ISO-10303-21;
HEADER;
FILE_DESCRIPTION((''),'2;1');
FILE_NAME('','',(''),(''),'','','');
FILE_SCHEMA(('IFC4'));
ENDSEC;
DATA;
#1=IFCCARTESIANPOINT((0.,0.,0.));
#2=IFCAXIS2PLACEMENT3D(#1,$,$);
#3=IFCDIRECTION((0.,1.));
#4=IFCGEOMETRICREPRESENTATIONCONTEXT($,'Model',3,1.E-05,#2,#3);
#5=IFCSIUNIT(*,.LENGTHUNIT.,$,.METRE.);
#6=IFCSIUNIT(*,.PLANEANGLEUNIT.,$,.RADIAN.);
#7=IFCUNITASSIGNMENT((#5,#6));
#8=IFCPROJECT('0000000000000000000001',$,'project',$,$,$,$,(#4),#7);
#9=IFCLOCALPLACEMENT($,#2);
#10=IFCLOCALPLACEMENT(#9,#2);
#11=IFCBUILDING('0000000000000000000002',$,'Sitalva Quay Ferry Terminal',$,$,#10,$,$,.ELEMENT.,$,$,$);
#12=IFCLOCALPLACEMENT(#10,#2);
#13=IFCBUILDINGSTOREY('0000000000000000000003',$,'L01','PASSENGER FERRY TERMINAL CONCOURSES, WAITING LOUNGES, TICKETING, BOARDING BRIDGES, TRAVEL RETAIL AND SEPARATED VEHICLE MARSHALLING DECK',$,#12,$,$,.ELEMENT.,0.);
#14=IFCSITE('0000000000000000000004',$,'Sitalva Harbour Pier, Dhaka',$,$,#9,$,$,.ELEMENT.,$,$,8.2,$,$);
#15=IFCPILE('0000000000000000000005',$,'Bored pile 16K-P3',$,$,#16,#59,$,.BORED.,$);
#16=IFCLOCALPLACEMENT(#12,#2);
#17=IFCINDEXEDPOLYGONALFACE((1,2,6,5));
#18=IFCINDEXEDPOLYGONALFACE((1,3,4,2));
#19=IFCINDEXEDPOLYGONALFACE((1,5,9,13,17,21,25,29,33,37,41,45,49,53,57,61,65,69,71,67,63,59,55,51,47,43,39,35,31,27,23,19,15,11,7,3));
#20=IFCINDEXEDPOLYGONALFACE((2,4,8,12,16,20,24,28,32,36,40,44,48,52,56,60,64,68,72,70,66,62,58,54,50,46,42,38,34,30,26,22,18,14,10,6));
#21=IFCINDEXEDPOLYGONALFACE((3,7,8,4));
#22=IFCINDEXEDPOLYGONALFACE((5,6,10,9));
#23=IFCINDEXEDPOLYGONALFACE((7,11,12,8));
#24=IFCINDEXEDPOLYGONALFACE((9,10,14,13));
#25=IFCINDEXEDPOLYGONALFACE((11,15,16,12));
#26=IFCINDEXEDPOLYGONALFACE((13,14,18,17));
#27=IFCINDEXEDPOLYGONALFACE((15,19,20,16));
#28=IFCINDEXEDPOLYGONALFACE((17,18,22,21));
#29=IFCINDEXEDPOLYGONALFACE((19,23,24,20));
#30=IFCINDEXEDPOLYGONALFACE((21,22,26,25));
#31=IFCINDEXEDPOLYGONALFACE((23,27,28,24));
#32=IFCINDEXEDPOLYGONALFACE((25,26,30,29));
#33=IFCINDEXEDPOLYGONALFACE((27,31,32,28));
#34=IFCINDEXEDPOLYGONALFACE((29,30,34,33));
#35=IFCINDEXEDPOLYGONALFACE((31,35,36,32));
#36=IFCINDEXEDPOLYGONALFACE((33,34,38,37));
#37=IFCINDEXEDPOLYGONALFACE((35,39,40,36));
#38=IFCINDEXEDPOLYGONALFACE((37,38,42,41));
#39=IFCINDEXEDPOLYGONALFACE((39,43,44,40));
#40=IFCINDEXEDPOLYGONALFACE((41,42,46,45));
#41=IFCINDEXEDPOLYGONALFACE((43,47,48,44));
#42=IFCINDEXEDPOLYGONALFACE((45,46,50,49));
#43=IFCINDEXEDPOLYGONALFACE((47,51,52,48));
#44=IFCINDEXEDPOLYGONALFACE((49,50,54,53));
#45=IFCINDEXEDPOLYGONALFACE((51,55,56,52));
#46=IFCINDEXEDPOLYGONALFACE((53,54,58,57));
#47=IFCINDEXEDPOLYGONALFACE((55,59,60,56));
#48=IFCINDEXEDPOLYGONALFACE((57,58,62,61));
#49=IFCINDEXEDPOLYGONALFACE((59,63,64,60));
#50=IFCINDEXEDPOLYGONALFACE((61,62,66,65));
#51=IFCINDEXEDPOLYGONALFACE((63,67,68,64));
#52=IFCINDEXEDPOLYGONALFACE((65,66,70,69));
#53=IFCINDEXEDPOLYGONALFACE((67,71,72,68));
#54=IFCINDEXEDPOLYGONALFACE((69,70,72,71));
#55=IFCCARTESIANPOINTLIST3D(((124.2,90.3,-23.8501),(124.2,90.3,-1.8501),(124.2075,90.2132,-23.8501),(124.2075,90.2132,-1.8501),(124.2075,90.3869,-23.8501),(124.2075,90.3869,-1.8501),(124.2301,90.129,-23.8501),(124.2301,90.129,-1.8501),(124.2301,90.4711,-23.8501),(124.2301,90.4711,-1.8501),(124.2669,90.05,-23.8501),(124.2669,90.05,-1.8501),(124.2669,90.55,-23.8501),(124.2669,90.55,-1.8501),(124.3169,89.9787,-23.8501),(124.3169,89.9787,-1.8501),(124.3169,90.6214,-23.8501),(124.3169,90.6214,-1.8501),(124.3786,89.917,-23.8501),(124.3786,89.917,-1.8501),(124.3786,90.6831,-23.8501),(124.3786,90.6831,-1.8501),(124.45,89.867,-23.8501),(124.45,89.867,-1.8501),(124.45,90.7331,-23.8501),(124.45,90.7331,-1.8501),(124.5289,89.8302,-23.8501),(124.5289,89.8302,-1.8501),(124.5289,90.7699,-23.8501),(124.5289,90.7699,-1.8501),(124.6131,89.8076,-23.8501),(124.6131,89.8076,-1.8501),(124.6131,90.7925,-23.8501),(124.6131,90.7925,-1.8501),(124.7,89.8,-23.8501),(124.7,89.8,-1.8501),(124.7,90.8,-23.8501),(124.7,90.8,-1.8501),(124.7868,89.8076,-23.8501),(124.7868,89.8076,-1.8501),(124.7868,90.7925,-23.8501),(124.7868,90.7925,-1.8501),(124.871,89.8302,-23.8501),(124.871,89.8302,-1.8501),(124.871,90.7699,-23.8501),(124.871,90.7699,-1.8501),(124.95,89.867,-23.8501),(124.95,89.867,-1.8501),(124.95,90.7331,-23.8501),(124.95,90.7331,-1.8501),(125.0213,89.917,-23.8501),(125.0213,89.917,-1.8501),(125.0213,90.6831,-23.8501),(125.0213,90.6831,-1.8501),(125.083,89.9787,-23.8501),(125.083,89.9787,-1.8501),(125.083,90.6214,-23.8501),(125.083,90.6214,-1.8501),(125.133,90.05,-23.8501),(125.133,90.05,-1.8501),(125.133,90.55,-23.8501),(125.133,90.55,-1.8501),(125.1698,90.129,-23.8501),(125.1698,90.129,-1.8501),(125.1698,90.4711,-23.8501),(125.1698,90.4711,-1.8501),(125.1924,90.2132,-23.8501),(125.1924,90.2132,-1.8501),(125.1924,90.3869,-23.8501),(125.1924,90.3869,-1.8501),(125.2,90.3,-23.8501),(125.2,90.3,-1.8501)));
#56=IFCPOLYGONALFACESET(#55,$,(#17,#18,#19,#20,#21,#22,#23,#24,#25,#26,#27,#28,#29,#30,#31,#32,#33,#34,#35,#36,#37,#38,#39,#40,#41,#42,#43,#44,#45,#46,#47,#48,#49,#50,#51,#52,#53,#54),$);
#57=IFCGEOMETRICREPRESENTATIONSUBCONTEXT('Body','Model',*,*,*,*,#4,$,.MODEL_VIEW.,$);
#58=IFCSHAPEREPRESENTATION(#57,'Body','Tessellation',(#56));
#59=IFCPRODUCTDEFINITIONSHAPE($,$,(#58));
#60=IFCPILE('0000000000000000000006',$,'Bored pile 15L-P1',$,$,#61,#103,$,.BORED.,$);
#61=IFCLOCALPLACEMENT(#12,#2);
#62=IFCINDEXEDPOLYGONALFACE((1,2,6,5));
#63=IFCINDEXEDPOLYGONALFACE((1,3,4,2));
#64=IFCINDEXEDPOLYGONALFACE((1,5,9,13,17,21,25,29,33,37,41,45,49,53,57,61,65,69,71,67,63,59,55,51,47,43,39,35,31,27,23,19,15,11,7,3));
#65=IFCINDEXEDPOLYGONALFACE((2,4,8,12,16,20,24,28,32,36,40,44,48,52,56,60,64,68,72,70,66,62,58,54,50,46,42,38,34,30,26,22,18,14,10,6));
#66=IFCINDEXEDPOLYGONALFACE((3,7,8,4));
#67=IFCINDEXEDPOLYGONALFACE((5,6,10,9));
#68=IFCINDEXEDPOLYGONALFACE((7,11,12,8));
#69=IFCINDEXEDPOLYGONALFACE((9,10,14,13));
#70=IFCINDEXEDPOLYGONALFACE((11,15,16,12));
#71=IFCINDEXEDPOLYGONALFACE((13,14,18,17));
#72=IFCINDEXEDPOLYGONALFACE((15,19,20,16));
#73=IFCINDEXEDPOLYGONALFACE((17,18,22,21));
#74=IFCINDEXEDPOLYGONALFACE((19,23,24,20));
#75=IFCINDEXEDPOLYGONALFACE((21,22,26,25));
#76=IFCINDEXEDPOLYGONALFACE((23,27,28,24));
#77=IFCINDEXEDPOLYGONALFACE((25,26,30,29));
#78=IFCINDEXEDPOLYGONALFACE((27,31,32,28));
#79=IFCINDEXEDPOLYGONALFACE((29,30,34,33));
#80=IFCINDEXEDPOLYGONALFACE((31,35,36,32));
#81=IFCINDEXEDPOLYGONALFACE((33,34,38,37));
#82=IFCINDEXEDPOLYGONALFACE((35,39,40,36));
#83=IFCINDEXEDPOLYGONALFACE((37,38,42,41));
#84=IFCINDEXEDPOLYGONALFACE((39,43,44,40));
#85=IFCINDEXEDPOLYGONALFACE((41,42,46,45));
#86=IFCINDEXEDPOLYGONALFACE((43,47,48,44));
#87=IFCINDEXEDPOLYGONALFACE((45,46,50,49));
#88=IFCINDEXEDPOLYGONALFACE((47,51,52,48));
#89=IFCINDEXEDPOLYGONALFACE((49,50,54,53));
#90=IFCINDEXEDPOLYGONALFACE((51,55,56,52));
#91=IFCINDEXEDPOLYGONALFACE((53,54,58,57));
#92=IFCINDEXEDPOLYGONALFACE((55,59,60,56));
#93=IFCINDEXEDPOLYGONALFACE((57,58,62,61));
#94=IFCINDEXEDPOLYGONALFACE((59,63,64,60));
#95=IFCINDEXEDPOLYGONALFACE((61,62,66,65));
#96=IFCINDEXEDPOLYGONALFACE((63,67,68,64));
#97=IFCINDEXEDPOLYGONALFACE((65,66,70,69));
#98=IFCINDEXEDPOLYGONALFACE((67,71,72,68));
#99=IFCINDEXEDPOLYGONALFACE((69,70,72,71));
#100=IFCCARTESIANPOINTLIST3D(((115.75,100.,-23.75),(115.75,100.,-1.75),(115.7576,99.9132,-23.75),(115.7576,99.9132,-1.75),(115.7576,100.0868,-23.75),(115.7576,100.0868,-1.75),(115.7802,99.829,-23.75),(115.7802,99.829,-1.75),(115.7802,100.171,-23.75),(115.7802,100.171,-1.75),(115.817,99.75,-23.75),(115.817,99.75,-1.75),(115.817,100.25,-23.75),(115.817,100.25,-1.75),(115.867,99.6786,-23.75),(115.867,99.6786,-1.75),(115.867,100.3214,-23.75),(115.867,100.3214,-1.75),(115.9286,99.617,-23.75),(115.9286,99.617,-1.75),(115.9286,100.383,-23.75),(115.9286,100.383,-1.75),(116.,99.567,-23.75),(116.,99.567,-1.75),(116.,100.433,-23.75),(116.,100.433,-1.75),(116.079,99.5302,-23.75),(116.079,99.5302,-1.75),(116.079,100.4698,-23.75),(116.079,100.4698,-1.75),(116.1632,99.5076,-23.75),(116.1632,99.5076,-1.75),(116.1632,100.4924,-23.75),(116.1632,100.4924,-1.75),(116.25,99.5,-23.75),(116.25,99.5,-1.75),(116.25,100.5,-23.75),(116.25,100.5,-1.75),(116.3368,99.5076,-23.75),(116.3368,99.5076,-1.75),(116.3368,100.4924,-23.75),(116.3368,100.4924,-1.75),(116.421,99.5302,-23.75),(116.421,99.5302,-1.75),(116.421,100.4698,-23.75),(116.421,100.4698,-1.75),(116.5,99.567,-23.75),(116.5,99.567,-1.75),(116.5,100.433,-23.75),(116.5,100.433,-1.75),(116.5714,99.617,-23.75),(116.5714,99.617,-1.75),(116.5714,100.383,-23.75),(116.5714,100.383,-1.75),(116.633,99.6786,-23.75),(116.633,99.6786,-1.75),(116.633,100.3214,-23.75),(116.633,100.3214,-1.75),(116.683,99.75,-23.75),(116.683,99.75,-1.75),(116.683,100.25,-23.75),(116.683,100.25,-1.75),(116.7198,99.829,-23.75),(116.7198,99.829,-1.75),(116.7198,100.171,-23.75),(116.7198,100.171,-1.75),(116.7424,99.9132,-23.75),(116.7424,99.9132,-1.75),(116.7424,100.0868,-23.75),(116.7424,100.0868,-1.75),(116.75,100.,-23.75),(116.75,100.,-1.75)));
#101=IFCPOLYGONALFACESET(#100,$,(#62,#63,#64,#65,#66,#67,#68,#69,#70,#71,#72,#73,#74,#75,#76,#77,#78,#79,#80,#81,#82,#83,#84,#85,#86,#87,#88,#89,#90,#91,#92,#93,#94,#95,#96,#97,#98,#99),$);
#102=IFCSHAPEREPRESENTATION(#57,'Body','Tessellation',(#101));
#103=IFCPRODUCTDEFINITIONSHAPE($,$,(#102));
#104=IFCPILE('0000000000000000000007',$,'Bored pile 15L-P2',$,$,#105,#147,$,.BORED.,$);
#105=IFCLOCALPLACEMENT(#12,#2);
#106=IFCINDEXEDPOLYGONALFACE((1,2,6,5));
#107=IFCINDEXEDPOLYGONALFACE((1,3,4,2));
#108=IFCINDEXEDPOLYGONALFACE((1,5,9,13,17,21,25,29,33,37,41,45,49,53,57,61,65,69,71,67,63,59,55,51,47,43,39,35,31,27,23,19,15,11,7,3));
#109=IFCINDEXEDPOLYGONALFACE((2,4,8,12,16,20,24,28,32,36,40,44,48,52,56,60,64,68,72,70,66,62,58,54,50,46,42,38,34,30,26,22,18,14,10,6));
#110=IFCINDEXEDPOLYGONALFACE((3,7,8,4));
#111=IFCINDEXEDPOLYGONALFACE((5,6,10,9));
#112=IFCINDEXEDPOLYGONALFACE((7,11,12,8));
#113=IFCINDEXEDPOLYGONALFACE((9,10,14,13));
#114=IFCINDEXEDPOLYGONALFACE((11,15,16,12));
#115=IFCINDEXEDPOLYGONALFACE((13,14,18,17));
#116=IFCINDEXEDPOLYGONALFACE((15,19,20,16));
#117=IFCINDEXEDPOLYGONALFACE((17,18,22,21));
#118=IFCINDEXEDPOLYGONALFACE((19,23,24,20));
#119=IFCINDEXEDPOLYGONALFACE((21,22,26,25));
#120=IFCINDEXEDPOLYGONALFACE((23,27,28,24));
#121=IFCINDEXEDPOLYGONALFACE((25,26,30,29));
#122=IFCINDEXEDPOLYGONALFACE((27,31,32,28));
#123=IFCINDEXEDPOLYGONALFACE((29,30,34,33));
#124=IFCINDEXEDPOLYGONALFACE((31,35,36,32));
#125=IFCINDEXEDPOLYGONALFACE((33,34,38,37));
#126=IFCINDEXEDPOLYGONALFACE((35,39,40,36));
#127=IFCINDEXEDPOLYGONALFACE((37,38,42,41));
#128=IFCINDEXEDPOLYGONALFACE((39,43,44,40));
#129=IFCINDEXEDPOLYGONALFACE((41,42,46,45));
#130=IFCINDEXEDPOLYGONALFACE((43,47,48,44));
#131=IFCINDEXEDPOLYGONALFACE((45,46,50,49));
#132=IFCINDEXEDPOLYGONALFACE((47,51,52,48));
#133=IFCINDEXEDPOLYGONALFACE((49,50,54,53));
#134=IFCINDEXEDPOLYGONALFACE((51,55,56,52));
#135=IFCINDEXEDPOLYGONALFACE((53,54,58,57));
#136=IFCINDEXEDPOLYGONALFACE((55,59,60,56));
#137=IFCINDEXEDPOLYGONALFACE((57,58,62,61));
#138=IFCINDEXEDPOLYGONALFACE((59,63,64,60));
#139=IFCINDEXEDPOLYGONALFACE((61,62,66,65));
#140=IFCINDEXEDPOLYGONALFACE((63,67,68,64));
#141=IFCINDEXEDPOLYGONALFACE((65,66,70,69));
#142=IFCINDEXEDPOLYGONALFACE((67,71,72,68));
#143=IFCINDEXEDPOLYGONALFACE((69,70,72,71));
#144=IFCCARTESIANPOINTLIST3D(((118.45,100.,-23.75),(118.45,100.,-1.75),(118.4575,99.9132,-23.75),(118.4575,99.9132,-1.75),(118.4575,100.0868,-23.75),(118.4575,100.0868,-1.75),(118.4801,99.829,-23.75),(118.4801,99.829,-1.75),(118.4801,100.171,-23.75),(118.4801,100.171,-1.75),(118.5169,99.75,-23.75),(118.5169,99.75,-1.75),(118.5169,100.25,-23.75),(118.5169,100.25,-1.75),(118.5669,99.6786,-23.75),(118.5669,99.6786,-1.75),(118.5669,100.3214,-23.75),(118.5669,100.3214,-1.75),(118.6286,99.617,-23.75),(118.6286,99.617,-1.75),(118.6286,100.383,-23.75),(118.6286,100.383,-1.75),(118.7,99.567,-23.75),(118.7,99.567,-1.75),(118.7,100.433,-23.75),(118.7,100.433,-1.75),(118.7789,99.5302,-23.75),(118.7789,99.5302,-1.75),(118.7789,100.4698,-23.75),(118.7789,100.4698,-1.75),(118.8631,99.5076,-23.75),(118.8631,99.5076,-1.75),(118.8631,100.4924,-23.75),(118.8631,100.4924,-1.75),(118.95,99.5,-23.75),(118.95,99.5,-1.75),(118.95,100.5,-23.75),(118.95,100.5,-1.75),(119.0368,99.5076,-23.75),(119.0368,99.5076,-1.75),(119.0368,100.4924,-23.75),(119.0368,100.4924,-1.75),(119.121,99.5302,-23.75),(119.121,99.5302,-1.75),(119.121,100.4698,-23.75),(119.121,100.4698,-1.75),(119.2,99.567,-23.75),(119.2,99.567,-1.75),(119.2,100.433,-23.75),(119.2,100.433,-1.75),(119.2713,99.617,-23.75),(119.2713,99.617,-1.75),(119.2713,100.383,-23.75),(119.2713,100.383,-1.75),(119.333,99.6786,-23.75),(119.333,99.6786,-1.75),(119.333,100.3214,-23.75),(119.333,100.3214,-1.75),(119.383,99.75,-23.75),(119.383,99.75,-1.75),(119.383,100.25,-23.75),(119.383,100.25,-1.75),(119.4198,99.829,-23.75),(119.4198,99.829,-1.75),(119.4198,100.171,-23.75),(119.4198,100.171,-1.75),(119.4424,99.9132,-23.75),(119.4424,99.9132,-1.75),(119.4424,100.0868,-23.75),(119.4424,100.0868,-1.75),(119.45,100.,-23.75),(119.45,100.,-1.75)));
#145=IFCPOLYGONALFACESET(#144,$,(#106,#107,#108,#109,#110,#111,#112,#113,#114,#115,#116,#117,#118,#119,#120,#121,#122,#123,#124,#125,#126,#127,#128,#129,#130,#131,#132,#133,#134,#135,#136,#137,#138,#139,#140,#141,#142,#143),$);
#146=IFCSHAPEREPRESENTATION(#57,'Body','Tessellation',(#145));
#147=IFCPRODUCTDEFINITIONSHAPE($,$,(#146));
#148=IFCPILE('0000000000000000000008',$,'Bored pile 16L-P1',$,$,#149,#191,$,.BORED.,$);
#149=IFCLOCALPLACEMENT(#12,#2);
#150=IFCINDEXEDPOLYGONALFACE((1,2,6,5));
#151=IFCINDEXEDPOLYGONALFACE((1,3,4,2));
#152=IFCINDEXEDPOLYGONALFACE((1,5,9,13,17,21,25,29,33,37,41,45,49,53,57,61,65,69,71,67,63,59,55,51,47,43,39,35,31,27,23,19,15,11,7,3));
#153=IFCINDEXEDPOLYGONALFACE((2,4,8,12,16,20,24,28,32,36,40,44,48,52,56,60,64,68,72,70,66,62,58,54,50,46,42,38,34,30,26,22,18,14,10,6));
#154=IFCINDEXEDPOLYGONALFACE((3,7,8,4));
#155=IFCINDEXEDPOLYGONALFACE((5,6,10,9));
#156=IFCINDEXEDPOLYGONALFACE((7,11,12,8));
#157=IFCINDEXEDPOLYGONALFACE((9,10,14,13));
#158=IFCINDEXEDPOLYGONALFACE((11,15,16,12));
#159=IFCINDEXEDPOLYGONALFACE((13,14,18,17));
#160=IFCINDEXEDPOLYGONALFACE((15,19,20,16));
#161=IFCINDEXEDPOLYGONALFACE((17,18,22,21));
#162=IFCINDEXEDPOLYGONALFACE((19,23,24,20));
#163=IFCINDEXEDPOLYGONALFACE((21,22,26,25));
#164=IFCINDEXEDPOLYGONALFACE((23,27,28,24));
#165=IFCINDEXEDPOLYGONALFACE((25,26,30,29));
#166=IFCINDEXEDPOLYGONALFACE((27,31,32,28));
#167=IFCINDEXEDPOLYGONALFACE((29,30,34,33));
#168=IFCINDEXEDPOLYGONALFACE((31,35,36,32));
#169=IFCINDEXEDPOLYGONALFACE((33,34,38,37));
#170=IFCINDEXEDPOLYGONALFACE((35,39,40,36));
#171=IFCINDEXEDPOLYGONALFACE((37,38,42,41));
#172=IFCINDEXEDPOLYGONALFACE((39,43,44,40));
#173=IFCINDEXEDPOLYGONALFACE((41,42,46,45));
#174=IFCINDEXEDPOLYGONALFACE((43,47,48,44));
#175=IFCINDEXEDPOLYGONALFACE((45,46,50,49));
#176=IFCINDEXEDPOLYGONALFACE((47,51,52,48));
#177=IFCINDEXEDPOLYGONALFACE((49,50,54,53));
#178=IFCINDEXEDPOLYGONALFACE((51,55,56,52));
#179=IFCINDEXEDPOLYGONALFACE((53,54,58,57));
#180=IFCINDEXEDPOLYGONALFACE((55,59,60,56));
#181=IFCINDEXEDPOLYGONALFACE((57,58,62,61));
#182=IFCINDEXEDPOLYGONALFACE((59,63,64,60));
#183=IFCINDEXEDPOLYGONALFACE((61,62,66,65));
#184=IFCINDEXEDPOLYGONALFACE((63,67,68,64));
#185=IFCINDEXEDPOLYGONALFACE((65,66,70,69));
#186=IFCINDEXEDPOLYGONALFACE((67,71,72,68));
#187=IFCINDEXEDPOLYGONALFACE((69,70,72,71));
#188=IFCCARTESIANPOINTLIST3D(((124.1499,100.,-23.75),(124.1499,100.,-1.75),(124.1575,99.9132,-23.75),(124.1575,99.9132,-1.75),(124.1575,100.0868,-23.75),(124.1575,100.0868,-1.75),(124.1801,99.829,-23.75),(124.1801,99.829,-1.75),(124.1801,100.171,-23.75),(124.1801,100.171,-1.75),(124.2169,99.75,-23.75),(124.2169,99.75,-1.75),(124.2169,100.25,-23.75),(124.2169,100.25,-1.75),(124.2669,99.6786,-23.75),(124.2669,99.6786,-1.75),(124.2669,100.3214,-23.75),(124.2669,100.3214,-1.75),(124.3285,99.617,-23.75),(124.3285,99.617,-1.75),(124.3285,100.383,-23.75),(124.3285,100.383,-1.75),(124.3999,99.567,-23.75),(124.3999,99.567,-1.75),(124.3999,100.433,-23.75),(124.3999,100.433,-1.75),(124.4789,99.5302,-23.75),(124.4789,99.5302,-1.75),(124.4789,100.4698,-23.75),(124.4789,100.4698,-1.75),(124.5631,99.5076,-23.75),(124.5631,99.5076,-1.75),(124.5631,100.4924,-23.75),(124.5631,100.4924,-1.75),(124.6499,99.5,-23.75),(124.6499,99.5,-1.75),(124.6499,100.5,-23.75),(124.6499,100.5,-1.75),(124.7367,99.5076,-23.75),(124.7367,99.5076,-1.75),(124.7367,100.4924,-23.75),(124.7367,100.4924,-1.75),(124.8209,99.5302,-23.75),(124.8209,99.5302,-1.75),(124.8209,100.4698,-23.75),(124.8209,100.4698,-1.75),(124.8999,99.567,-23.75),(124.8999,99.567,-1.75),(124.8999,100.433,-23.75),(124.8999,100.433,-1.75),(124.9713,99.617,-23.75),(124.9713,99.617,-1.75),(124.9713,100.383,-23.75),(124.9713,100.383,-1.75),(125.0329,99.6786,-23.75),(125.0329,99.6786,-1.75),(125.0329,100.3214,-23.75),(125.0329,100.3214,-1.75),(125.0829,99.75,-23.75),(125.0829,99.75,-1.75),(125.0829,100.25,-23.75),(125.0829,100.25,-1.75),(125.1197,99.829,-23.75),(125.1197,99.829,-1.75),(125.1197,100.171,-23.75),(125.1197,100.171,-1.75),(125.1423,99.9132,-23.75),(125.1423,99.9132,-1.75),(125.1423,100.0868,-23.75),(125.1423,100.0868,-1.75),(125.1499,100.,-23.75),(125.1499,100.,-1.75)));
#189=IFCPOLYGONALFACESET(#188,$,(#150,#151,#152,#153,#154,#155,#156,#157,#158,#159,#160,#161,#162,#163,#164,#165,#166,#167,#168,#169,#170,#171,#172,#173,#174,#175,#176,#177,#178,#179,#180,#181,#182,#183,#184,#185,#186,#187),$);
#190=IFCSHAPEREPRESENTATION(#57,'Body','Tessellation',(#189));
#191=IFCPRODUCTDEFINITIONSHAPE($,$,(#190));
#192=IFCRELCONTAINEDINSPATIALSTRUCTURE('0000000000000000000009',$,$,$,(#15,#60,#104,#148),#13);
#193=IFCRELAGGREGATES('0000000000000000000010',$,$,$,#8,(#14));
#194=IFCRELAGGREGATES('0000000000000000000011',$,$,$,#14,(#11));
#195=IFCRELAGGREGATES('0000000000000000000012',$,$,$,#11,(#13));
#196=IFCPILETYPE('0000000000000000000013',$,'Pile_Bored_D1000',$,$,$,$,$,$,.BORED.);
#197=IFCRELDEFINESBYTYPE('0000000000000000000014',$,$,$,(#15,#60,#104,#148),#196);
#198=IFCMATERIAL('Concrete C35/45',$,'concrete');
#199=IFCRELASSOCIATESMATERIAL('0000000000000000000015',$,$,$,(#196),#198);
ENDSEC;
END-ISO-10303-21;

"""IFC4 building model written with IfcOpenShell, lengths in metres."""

from ifc_helpers import new_model, si_unit, direction, frame, origin, origin_2d, place, context, subcontext, project, spatial, circle, extrude, material, material_profile, profile_set, type_object, element, save


model = new_model("IFC4")

# Units and contexts
model_context = context("Model", 3, precision=1e-05, world=origin(), true_north=direction((0.0, 1.0)))
body_context = subcontext(model_context, "Body", "Model", "MODEL_VIEW")
ifc_project = project(units=[si_unit("LENGTHUNIT", "METRE"), si_unit("PLANEANGLEUNIT", "RADIAN")], contexts=[model_context])

# Site, building, storey
site_placement = place(None, origin())
site = spatial("IfcSite", under=ifc_project, at=site_placement, Name="Sitalva Harbour Pier, Dhaka", CompositionType="ELEMENT", RefElevation=8.2)
building_placement = place(site_placement, origin())
building = spatial("IfcBuilding", under=site, at=building_placement, Name="Sitalva Quay Ferry Terminal", CompositionType="ELEMENT")
storey_placement = place(building_placement, origin())
storey = spatial("IfcBuildingStorey", under=building, at=storey_placement, Name="L01", Description="PASSENGER FERRY TERMINAL CONCOURSES, WAITING LOUNGES, TICKETING, BOARDING BRIDGES, TRAVEL RETAIL AND SEPARATED VEHICLE MARSHALLING DECK", CompositionType="ELEMENT", Elevation=0.0)

# Piles
ifc_material_1 = material(Name="Concrete C35/45", Category="concrete")
ifc_material_profile_1 = material_profile(ifc_material_1, circle(Radius=0.5, at=origin_2d()), Name="PILE-D1000")
ifc_profile_set_1 = profile_set([ifc_material_profile_1], Name="Concrete C35/45")
pile_type = type_object("IfcPileType", Name="Pile_Bored_D1000", PredefinedType="BORED", material=ifc_profile_set_1)
for number, where, z_axis, x_axis, name in (
    (1, (124.7, 90.3, -1.8501), (0.0, 0.0, -1.0), (1.0, 0.0, 0.0), "Bored pile 16K-P3"),
    (2, (116.25, 100.0, -1.75), (0.0, 0.0, -1.0), (1.0, 0.0, 0.0), "Bored pile 15L-P1"),
    (3, (118.95, 100.0, -1.75), (0.0, 0.0, -1.0), (1.0, 0.0, 0.0), "Bored pile 15L-P2"),
    (4, (124.6499, 100.0, -1.75), (0.0, 0.0, -1.0), (1.0, 0.0, 0.0), "Bored pile 16L-P1"),
):
    element("IfcPile", number, at=place(storey_placement, frame(where, z_axis=z_axis, x_axis=x_axis)), inside=storey, type_object=pile_type, Name=name, PredefinedType="BORED", context=body_context, shape_type="SweptSolid", body=[
        extrude(circle(Radius=0.5, at=origin_2d()), origin(), (0.0, 0.0, 1.0), 22.0),
    ])

save(model, "model.ifc")
